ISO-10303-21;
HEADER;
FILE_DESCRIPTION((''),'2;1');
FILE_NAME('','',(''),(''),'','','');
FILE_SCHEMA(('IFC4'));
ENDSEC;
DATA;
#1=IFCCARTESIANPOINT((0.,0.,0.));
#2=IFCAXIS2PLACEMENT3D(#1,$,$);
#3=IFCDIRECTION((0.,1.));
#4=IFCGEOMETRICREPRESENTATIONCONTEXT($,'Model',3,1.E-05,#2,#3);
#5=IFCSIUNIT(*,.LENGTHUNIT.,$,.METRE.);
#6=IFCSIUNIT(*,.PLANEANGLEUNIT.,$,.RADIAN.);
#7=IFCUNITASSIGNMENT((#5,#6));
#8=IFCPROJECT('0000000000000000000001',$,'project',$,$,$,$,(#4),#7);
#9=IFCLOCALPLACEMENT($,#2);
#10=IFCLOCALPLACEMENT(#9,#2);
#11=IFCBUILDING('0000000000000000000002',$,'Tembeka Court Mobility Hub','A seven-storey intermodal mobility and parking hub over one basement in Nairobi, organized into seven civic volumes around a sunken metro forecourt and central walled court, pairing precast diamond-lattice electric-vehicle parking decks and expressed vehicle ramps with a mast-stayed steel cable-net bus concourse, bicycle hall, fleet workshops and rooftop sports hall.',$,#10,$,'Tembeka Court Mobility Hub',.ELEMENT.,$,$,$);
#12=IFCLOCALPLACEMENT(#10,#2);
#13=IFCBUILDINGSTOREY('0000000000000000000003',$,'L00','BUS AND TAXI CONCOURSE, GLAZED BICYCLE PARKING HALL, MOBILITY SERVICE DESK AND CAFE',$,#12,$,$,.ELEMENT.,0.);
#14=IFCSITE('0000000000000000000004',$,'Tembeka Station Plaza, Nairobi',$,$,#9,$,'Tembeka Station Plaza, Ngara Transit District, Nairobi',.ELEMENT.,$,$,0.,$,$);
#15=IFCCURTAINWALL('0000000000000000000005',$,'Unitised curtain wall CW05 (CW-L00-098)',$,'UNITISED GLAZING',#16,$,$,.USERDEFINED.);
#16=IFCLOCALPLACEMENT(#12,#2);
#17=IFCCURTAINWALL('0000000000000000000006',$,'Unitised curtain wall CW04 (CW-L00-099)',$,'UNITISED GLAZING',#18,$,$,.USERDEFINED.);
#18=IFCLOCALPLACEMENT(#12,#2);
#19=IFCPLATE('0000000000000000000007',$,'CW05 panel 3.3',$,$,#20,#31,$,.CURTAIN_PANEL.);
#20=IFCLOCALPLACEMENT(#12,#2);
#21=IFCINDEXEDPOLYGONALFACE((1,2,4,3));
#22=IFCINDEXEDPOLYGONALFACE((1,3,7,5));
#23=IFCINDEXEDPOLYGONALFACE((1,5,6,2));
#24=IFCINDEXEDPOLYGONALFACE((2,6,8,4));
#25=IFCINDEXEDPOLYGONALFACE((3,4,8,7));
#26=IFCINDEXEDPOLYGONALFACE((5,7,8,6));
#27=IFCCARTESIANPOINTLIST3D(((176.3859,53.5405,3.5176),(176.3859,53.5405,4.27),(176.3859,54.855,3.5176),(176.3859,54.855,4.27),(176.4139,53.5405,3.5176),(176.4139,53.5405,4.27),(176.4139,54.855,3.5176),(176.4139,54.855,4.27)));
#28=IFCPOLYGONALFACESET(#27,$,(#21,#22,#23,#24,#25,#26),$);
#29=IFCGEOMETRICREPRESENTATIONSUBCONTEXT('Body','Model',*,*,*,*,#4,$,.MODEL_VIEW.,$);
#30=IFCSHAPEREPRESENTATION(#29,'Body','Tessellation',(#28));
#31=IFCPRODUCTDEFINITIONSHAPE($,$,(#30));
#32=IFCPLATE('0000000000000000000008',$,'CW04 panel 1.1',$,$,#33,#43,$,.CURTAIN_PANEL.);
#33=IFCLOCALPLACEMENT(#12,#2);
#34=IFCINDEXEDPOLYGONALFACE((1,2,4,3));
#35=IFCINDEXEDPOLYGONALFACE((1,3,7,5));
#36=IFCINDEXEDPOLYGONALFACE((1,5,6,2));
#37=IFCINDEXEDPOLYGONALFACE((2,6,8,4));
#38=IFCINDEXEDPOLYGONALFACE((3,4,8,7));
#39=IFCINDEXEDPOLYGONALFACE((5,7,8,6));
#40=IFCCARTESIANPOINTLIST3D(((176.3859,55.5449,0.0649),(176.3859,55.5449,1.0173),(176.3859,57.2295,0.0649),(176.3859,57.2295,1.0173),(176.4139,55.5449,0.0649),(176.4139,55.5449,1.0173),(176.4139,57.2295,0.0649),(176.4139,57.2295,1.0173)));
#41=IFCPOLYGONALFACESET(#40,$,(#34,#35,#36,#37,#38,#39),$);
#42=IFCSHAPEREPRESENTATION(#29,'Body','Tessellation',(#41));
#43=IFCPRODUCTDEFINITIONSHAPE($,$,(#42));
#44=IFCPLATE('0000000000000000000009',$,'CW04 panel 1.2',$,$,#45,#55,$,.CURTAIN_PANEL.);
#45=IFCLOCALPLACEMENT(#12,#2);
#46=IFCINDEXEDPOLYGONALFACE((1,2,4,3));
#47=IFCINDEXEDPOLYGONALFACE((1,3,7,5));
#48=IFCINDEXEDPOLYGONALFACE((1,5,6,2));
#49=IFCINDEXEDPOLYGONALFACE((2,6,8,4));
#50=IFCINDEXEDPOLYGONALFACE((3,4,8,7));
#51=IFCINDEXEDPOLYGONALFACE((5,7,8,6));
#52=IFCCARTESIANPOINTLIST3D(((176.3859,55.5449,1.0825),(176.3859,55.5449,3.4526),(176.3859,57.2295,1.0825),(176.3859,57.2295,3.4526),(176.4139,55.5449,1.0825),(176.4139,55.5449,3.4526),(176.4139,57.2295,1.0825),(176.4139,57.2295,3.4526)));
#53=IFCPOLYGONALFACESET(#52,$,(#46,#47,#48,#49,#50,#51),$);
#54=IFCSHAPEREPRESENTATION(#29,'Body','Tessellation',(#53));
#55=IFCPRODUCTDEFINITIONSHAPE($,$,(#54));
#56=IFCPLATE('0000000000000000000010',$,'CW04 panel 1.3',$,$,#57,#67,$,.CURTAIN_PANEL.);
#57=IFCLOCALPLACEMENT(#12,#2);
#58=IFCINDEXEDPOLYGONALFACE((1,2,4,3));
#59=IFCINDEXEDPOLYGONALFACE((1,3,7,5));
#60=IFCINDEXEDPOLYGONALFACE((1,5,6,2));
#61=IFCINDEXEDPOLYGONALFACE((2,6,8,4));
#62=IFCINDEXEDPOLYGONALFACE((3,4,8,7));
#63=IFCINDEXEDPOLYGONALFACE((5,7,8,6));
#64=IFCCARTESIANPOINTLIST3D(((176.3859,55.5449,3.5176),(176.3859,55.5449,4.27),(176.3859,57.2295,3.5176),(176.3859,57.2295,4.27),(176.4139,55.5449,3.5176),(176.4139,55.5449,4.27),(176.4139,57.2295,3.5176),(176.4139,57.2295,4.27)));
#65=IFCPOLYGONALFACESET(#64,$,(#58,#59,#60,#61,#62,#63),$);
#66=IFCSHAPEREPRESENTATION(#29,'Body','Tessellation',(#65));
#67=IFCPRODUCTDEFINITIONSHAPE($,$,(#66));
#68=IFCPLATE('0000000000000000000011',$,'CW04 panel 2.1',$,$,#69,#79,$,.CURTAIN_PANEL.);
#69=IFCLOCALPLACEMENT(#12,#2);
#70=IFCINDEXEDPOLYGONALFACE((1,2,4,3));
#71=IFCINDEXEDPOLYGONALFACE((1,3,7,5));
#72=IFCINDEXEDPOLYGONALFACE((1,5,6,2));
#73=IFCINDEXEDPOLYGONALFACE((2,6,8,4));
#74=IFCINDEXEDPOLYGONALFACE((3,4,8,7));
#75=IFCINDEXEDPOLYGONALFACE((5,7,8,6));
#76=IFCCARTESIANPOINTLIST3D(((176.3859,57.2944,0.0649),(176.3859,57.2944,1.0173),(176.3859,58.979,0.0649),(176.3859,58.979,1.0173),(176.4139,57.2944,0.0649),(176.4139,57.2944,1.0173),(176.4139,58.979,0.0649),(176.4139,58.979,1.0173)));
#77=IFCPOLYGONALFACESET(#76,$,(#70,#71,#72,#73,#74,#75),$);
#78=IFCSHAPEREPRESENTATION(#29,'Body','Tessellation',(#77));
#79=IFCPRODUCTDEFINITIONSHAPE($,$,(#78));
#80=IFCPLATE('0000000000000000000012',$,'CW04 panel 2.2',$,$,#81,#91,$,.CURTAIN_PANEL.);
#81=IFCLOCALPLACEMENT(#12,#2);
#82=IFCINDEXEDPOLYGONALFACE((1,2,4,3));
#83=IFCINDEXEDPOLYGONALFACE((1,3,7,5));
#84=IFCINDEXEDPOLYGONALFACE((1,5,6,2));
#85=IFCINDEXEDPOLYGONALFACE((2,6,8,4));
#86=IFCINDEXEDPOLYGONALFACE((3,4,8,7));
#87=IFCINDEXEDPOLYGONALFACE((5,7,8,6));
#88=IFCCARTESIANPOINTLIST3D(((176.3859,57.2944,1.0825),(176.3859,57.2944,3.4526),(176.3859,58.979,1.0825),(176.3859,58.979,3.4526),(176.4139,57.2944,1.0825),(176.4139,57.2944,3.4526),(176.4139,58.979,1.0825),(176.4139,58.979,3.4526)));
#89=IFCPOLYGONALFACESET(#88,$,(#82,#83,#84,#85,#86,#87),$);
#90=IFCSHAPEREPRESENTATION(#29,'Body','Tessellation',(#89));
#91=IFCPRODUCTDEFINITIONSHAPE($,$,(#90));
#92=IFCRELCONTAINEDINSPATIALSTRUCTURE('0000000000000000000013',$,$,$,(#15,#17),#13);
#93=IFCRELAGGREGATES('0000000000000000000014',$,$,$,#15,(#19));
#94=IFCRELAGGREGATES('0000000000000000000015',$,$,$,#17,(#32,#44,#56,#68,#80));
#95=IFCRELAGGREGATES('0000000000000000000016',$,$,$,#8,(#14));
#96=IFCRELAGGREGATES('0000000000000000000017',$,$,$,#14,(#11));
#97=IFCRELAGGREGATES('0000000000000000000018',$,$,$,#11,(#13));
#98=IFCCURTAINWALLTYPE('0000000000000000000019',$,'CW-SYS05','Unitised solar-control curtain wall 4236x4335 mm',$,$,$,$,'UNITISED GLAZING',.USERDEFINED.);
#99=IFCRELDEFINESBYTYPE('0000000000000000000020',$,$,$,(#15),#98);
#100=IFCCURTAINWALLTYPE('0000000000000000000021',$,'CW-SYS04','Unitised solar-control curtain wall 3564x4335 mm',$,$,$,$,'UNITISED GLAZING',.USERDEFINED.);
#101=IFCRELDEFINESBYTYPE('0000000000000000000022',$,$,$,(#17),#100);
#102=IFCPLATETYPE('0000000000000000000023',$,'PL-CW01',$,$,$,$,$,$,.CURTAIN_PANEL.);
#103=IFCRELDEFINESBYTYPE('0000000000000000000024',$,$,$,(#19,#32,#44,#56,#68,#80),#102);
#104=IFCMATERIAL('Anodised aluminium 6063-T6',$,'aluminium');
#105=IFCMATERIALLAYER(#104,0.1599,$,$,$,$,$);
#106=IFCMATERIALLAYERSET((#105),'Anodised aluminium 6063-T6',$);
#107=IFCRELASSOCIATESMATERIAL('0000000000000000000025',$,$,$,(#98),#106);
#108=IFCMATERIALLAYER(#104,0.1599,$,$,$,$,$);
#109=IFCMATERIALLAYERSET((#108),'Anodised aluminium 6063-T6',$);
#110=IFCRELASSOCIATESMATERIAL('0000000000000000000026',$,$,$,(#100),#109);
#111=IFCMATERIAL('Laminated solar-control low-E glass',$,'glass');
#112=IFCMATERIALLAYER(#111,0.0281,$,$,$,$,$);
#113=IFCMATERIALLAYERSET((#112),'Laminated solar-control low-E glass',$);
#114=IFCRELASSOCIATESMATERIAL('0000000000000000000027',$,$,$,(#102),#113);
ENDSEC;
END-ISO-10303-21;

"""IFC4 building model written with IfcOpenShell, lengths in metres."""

from ifc_helpers import new_model, si_unit, direction, frame, origin, origin_2d, place, context, subcontext, project, spatial, rectangle, extrude, material, layer, layer_set, type_object, element, aggregate, save


model = new_model("IFC4")

# Units and contexts
model_context = context("Model", 3, precision=1e-05, world=origin(), true_north=direction((0.0, 1.0)))
body_context = subcontext(model_context, "Body", "Model", "MODEL_VIEW")
ifc_project = project(units=[si_unit("LENGTHUNIT", "METRE"), si_unit("PLANEANGLEUNIT", "RADIAN")], contexts=[model_context])

# Site, building, storey
site_placement = place(None, origin())
site = spatial("IfcSite", under=ifc_project, at=site_placement, Name="Tembeka Station Plaza, Nairobi", LongName="Tembeka Station Plaza, Ngara Transit District, Nairobi", CompositionType="ELEMENT", RefElevation=0.0)
building_placement = place(site_placement, origin())
building = spatial("IfcBuilding", under=site, at=building_placement, Name="Tembeka Court Mobility Hub", Description="A seven-storey intermodal mobility and parking hub over one basement in Nairobi, organized into seven civic volumes around a sunken metro forecourt and central walled court, pairing precast diamond-lattice electric-vehicle parking decks and expressed vehicle ramps with a mast-stayed steel cable-net bus concourse, bicycle hall, fleet workshops and rooftop sports hall.", LongName="Tembeka Court Mobility Hub", CompositionType="ELEMENT")
storey_placement = place(building_placement, origin())
storey = spatial("IfcBuildingStorey", under=building, at=storey_placement, Name="L00", Description="BUS AND TAXI CONCOURSE, GLAZED BICYCLE PARKING HALL, MOBILITY SERVICE DESK AND CAFE", CompositionType="ELEMENT", Elevation=0.0)

# Curtain walls
ifc_material_1 = material(Name="Anodised aluminium 6063-T6", Category="aluminium")
ifc_layer_1 = layer(ifc_material_1, 0.1599)
ifc_layer_set_1 = layer_set([ifc_layer_1], Name="Anodised aluminium 6063-T6")
curtain_wall_type_1 = type_object("IfcCurtainWallType", Name="CW-SYS05", Description="Unitised solar-control curtain wall 4236x4335 mm", ElementType="UNITISED GLAZING", PredefinedType="USERDEFINED", material=ifc_layer_set_1)
curtain_wall_1_placement = place(storey_placement, origin())
curtain_wall_1 = element("IfcCurtainWall", 1, at=curtain_wall_1_placement, inside=storey, type_object=curtain_wall_type_1, Name="Unitised curtain wall CW05 (CW-L00-098)", ObjectType="UNITISED GLAZING", PredefinedType="USERDEFINED")
ifc_layer_2 = layer(ifc_material_1, 0.1599)
ifc_layer_set_2 = layer_set([ifc_layer_2], Name="Anodised aluminium 6063-T6")
curtain_wall_type_2 = type_object("IfcCurtainWallType", Name="CW-SYS04", Description="Unitised solar-control curtain wall 3564x4335 mm", ElementType="UNITISED GLAZING", PredefinedType="USERDEFINED", material=ifc_layer_set_2)
curtain_wall_2_placement = place(storey_placement, origin())
curtain_wall_2 = element("IfcCurtainWall", 2, at=curtain_wall_2_placement, inside=storey, type_object=curtain_wall_type_2, Name="Unitised curtain wall CW04 (CW-L00-099)", ObjectType="UNITISED GLAZING", PredefinedType="USERDEFINED")

# Plates
ifc_material_2 = material(Name="Laminated solar-control low-E glass", Category="glass")
ifc_layer_3 = layer(ifc_material_2, 0.0281)
ifc_layer_set_3 = layer_set([ifc_layer_3], Name="Laminated solar-control low-E glass")
plate_type = type_object("IfcPlateType", Name="PL-CW01", PredefinedType="CURTAIN_PANEL", material=ifc_layer_set_3)
plate_1_placement = place(storey_placement, frame((176.3999, 54.1978, 3.5176), z_axis=(0.0, 0.0, 1.0), x_axis=(0.0, 1.0, 0.0)))
plate_1 = element("IfcPlate", 3, at=plate_1_placement, type_object=plate_type, Name="CW05 panel 3.3", PredefinedType="CURTAIN_PANEL", context=body_context, shape_type="SweptSolid", body=[
    extrude(rectangle(XDim=1.3145, YDim=0.0281, at=origin_2d()), origin(), (0.0, 0.0, 1.0), 0.7524),
])
aggregate(curtain_wall_1, [plate_1])
plate_2_placement = place(storey_placement, frame((176.3999, 56.3872, 0.0649), z_axis=(0.0, 0.0, 1.0), x_axis=(0.0, 1.0, 0.0)))
plate_2 = element("IfcPlate", 4, at=plate_2_placement, type_object=plate_type, Name="CW04 panel 1.1", PredefinedType="CURTAIN_PANEL", context=body_context, shape_type="SweptSolid", body=[
    extrude(rectangle(XDim=1.6846, YDim=0.0281, at=origin_2d()), origin(), (0.0, 0.0, 1.0), 0.9524),
])
plate_3_placement = place(storey_placement, frame((176.3999, 56.3872, 1.0825), z_axis=(0.0, 0.0, 1.0), x_axis=(0.0, 1.0, 0.0)))
plate_3 = element("IfcPlate", 5, at=plate_3_placement, type_object=plate_type, Name="CW04 panel 1.2", PredefinedType="CURTAIN_PANEL", context=body_context, shape_type="SweptSolid", body=[
    extrude(rectangle(XDim=1.6846, YDim=0.0281, at=origin_2d()), origin(), (0.0, 0.0, 1.0), 2.3701),
])
plate_4_placement = place(storey_placement, frame((176.3999, 56.3872, 3.5176), z_axis=(0.0, 0.0, 1.0), x_axis=(0.0, 1.0, 0.0)))
plate_4 = element("IfcPlate", 6, at=plate_4_placement, type_object=plate_type, Name="CW04 panel 1.3", PredefinedType="CURTAIN_PANEL", context=body_context, shape_type="SweptSolid", body=[
    extrude(rectangle(XDim=1.6846, YDim=0.0281, at=origin_2d()), origin(), (0.0, 0.0, 1.0), 0.7524),
])
plate_5_placement = place(storey_placement, frame((176.3999, 58.1367, 0.0649), z_axis=(0.0, 0.0, 1.0), x_axis=(0.0, 1.0, 0.0)))
plate_5 = element("IfcPlate", 7, at=plate_5_placement, type_object=plate_type, Name="CW04 panel 2.1", PredefinedType="CURTAIN_PANEL", context=body_context, shape_type="SweptSolid", body=[
    extrude(rectangle(XDim=1.6846, YDim=0.0281, at=origin_2d()), origin(), (0.0, 0.0, 1.0), 0.9524),
])
plate_6_placement = place(storey_placement, frame((176.3999, 58.1367, 1.0825), z_axis=(0.0, 0.0, 1.0), x_axis=(0.0, 1.0, 0.0)))
plate_6 = element("IfcPlate", 8, at=plate_6_placement, type_object=plate_type, Name="CW04 panel 2.2", PredefinedType="CURTAIN_PANEL", context=body_context, shape_type="SweptSolid", body=[
    extrude(rectangle(XDim=1.6846, YDim=0.0281, at=origin_2d()), origin(), (0.0, 0.0, 1.0), 2.3701),
])
aggregate(curtain_wall_2, [plate_2, plate_3, plate_4, plate_5, plate_6])

save(model, "model.ifc")
